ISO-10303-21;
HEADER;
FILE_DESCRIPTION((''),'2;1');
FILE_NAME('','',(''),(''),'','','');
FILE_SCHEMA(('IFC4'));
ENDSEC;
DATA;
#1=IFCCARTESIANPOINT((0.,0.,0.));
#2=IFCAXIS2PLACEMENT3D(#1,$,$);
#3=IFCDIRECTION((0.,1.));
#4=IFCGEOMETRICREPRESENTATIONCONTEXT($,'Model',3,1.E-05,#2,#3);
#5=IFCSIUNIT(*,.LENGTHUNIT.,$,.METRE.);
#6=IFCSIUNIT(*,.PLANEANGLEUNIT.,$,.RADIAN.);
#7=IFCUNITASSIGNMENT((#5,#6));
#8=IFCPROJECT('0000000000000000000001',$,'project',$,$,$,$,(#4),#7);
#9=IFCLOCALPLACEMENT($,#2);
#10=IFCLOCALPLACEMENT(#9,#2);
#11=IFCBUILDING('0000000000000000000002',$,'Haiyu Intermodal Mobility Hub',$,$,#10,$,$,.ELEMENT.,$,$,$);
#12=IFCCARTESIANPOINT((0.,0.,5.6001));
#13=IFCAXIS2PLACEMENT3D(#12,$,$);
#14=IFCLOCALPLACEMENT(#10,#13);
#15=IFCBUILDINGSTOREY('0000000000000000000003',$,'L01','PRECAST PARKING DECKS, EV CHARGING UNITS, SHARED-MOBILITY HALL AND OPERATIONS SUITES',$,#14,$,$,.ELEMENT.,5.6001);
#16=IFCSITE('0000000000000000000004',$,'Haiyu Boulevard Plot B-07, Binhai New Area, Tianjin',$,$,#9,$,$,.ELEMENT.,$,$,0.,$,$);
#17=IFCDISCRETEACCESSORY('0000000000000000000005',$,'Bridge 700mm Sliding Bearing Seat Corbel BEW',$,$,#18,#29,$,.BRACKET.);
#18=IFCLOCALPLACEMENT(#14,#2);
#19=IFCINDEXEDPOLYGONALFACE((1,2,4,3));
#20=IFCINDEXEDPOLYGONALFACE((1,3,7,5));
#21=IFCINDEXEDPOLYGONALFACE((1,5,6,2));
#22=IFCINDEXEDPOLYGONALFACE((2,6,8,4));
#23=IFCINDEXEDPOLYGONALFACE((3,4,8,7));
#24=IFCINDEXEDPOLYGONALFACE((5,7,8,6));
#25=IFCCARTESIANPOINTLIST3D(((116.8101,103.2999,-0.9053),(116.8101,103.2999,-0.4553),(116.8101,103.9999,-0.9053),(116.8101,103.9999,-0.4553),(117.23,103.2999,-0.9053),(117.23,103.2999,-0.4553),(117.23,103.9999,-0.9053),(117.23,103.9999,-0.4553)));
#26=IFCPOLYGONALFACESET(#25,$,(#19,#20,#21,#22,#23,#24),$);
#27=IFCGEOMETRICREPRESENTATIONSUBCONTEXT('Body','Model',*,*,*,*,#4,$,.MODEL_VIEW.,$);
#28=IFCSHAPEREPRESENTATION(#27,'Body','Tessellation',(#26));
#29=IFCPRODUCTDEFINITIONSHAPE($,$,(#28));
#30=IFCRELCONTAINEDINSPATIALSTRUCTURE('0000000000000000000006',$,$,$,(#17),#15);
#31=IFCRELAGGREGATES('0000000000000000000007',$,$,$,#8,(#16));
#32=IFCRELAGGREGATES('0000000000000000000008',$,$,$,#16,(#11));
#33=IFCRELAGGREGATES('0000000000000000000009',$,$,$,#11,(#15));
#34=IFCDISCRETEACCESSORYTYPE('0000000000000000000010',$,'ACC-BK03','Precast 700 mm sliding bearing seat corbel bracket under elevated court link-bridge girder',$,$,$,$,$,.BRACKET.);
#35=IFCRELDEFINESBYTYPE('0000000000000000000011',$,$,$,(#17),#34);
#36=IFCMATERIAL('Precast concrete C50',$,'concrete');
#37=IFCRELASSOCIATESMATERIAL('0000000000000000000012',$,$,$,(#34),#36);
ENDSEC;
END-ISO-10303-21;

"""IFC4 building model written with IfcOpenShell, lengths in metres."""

from ifc_helpers import new_model, si_unit, direction, frame, origin, origin_2d, place, context, subcontext, project, spatial, rectangle, extrude, material, type_object, element, save


model = new_model("IFC4")

# Units and contexts
model_context = context("Model", 3, precision=1e-05, world=origin(), true_north=direction((0.0, 1.0)))
body_context = subcontext(model_context, "Body", "Model", "MODEL_VIEW")
ifc_project = project(units=[si_unit("LENGTHUNIT", "METRE"), si_unit("PLANEANGLEUNIT", "RADIAN")], contexts=[model_context])

# Site, building, storey
site_placement = place(None, origin())
site = spatial("IfcSite", under=ifc_project, at=site_placement, Name="Haiyu Boulevard Plot B-07, Binhai New Area, Tianjin", CompositionType="ELEMENT", RefElevation=0.0)
building_placement = place(site_placement, origin())
building = spatial("IfcBuilding", under=site, at=building_placement, Name="Haiyu Intermodal Mobility Hub", CompositionType="ELEMENT")
storey_placement = place(building_placement, frame((0.0, 0.0, 5.6001)))
storey = spatial("IfcBuildingStorey", under=building, at=storey_placement, Name="L01", Description="PRECAST PARKING DECKS, EV CHARGING UNITS, SHARED-MOBILITY HALL AND OPERATIONS SUITES", CompositionType="ELEMENT", Elevation=5.6001)

# Discrete accessory
ifc_material_1 = material(Name="Precast concrete C50", Category="concrete")
discrete_accessory_type_1 = type_object("IfcDiscreteAccessoryType", Name="ACC-BK03", Description="Precast 700 mm sliding bearing seat corbel bracket under elevated court link-bridge girder", PredefinedType="BRACKET", material=ifc_material_1)
discrete_accessory_placement = place(storey_placement, frame((117.02, 103.6499, -0.9053), z_axis=(0.0, 0.0, 1.0), x_axis=(0.0, 1.0, 0.0)))
element("IfcDiscreteAccessory", 1, at=discrete_accessory_placement, inside=storey, type_object=discrete_accessory_type_1, Name="Bridge 700mm Sliding Bearing Seat Corbel BEW", PredefinedType="BRACKET", context=body_context, shape_type="SweptSolid", body=[
    extrude(rectangle(XDim=0.7, YDim=0.4199, at=origin_2d()), origin(), (0.0, 0.0, 1.0), 0.45),
])

save(model, "model.ifc")
